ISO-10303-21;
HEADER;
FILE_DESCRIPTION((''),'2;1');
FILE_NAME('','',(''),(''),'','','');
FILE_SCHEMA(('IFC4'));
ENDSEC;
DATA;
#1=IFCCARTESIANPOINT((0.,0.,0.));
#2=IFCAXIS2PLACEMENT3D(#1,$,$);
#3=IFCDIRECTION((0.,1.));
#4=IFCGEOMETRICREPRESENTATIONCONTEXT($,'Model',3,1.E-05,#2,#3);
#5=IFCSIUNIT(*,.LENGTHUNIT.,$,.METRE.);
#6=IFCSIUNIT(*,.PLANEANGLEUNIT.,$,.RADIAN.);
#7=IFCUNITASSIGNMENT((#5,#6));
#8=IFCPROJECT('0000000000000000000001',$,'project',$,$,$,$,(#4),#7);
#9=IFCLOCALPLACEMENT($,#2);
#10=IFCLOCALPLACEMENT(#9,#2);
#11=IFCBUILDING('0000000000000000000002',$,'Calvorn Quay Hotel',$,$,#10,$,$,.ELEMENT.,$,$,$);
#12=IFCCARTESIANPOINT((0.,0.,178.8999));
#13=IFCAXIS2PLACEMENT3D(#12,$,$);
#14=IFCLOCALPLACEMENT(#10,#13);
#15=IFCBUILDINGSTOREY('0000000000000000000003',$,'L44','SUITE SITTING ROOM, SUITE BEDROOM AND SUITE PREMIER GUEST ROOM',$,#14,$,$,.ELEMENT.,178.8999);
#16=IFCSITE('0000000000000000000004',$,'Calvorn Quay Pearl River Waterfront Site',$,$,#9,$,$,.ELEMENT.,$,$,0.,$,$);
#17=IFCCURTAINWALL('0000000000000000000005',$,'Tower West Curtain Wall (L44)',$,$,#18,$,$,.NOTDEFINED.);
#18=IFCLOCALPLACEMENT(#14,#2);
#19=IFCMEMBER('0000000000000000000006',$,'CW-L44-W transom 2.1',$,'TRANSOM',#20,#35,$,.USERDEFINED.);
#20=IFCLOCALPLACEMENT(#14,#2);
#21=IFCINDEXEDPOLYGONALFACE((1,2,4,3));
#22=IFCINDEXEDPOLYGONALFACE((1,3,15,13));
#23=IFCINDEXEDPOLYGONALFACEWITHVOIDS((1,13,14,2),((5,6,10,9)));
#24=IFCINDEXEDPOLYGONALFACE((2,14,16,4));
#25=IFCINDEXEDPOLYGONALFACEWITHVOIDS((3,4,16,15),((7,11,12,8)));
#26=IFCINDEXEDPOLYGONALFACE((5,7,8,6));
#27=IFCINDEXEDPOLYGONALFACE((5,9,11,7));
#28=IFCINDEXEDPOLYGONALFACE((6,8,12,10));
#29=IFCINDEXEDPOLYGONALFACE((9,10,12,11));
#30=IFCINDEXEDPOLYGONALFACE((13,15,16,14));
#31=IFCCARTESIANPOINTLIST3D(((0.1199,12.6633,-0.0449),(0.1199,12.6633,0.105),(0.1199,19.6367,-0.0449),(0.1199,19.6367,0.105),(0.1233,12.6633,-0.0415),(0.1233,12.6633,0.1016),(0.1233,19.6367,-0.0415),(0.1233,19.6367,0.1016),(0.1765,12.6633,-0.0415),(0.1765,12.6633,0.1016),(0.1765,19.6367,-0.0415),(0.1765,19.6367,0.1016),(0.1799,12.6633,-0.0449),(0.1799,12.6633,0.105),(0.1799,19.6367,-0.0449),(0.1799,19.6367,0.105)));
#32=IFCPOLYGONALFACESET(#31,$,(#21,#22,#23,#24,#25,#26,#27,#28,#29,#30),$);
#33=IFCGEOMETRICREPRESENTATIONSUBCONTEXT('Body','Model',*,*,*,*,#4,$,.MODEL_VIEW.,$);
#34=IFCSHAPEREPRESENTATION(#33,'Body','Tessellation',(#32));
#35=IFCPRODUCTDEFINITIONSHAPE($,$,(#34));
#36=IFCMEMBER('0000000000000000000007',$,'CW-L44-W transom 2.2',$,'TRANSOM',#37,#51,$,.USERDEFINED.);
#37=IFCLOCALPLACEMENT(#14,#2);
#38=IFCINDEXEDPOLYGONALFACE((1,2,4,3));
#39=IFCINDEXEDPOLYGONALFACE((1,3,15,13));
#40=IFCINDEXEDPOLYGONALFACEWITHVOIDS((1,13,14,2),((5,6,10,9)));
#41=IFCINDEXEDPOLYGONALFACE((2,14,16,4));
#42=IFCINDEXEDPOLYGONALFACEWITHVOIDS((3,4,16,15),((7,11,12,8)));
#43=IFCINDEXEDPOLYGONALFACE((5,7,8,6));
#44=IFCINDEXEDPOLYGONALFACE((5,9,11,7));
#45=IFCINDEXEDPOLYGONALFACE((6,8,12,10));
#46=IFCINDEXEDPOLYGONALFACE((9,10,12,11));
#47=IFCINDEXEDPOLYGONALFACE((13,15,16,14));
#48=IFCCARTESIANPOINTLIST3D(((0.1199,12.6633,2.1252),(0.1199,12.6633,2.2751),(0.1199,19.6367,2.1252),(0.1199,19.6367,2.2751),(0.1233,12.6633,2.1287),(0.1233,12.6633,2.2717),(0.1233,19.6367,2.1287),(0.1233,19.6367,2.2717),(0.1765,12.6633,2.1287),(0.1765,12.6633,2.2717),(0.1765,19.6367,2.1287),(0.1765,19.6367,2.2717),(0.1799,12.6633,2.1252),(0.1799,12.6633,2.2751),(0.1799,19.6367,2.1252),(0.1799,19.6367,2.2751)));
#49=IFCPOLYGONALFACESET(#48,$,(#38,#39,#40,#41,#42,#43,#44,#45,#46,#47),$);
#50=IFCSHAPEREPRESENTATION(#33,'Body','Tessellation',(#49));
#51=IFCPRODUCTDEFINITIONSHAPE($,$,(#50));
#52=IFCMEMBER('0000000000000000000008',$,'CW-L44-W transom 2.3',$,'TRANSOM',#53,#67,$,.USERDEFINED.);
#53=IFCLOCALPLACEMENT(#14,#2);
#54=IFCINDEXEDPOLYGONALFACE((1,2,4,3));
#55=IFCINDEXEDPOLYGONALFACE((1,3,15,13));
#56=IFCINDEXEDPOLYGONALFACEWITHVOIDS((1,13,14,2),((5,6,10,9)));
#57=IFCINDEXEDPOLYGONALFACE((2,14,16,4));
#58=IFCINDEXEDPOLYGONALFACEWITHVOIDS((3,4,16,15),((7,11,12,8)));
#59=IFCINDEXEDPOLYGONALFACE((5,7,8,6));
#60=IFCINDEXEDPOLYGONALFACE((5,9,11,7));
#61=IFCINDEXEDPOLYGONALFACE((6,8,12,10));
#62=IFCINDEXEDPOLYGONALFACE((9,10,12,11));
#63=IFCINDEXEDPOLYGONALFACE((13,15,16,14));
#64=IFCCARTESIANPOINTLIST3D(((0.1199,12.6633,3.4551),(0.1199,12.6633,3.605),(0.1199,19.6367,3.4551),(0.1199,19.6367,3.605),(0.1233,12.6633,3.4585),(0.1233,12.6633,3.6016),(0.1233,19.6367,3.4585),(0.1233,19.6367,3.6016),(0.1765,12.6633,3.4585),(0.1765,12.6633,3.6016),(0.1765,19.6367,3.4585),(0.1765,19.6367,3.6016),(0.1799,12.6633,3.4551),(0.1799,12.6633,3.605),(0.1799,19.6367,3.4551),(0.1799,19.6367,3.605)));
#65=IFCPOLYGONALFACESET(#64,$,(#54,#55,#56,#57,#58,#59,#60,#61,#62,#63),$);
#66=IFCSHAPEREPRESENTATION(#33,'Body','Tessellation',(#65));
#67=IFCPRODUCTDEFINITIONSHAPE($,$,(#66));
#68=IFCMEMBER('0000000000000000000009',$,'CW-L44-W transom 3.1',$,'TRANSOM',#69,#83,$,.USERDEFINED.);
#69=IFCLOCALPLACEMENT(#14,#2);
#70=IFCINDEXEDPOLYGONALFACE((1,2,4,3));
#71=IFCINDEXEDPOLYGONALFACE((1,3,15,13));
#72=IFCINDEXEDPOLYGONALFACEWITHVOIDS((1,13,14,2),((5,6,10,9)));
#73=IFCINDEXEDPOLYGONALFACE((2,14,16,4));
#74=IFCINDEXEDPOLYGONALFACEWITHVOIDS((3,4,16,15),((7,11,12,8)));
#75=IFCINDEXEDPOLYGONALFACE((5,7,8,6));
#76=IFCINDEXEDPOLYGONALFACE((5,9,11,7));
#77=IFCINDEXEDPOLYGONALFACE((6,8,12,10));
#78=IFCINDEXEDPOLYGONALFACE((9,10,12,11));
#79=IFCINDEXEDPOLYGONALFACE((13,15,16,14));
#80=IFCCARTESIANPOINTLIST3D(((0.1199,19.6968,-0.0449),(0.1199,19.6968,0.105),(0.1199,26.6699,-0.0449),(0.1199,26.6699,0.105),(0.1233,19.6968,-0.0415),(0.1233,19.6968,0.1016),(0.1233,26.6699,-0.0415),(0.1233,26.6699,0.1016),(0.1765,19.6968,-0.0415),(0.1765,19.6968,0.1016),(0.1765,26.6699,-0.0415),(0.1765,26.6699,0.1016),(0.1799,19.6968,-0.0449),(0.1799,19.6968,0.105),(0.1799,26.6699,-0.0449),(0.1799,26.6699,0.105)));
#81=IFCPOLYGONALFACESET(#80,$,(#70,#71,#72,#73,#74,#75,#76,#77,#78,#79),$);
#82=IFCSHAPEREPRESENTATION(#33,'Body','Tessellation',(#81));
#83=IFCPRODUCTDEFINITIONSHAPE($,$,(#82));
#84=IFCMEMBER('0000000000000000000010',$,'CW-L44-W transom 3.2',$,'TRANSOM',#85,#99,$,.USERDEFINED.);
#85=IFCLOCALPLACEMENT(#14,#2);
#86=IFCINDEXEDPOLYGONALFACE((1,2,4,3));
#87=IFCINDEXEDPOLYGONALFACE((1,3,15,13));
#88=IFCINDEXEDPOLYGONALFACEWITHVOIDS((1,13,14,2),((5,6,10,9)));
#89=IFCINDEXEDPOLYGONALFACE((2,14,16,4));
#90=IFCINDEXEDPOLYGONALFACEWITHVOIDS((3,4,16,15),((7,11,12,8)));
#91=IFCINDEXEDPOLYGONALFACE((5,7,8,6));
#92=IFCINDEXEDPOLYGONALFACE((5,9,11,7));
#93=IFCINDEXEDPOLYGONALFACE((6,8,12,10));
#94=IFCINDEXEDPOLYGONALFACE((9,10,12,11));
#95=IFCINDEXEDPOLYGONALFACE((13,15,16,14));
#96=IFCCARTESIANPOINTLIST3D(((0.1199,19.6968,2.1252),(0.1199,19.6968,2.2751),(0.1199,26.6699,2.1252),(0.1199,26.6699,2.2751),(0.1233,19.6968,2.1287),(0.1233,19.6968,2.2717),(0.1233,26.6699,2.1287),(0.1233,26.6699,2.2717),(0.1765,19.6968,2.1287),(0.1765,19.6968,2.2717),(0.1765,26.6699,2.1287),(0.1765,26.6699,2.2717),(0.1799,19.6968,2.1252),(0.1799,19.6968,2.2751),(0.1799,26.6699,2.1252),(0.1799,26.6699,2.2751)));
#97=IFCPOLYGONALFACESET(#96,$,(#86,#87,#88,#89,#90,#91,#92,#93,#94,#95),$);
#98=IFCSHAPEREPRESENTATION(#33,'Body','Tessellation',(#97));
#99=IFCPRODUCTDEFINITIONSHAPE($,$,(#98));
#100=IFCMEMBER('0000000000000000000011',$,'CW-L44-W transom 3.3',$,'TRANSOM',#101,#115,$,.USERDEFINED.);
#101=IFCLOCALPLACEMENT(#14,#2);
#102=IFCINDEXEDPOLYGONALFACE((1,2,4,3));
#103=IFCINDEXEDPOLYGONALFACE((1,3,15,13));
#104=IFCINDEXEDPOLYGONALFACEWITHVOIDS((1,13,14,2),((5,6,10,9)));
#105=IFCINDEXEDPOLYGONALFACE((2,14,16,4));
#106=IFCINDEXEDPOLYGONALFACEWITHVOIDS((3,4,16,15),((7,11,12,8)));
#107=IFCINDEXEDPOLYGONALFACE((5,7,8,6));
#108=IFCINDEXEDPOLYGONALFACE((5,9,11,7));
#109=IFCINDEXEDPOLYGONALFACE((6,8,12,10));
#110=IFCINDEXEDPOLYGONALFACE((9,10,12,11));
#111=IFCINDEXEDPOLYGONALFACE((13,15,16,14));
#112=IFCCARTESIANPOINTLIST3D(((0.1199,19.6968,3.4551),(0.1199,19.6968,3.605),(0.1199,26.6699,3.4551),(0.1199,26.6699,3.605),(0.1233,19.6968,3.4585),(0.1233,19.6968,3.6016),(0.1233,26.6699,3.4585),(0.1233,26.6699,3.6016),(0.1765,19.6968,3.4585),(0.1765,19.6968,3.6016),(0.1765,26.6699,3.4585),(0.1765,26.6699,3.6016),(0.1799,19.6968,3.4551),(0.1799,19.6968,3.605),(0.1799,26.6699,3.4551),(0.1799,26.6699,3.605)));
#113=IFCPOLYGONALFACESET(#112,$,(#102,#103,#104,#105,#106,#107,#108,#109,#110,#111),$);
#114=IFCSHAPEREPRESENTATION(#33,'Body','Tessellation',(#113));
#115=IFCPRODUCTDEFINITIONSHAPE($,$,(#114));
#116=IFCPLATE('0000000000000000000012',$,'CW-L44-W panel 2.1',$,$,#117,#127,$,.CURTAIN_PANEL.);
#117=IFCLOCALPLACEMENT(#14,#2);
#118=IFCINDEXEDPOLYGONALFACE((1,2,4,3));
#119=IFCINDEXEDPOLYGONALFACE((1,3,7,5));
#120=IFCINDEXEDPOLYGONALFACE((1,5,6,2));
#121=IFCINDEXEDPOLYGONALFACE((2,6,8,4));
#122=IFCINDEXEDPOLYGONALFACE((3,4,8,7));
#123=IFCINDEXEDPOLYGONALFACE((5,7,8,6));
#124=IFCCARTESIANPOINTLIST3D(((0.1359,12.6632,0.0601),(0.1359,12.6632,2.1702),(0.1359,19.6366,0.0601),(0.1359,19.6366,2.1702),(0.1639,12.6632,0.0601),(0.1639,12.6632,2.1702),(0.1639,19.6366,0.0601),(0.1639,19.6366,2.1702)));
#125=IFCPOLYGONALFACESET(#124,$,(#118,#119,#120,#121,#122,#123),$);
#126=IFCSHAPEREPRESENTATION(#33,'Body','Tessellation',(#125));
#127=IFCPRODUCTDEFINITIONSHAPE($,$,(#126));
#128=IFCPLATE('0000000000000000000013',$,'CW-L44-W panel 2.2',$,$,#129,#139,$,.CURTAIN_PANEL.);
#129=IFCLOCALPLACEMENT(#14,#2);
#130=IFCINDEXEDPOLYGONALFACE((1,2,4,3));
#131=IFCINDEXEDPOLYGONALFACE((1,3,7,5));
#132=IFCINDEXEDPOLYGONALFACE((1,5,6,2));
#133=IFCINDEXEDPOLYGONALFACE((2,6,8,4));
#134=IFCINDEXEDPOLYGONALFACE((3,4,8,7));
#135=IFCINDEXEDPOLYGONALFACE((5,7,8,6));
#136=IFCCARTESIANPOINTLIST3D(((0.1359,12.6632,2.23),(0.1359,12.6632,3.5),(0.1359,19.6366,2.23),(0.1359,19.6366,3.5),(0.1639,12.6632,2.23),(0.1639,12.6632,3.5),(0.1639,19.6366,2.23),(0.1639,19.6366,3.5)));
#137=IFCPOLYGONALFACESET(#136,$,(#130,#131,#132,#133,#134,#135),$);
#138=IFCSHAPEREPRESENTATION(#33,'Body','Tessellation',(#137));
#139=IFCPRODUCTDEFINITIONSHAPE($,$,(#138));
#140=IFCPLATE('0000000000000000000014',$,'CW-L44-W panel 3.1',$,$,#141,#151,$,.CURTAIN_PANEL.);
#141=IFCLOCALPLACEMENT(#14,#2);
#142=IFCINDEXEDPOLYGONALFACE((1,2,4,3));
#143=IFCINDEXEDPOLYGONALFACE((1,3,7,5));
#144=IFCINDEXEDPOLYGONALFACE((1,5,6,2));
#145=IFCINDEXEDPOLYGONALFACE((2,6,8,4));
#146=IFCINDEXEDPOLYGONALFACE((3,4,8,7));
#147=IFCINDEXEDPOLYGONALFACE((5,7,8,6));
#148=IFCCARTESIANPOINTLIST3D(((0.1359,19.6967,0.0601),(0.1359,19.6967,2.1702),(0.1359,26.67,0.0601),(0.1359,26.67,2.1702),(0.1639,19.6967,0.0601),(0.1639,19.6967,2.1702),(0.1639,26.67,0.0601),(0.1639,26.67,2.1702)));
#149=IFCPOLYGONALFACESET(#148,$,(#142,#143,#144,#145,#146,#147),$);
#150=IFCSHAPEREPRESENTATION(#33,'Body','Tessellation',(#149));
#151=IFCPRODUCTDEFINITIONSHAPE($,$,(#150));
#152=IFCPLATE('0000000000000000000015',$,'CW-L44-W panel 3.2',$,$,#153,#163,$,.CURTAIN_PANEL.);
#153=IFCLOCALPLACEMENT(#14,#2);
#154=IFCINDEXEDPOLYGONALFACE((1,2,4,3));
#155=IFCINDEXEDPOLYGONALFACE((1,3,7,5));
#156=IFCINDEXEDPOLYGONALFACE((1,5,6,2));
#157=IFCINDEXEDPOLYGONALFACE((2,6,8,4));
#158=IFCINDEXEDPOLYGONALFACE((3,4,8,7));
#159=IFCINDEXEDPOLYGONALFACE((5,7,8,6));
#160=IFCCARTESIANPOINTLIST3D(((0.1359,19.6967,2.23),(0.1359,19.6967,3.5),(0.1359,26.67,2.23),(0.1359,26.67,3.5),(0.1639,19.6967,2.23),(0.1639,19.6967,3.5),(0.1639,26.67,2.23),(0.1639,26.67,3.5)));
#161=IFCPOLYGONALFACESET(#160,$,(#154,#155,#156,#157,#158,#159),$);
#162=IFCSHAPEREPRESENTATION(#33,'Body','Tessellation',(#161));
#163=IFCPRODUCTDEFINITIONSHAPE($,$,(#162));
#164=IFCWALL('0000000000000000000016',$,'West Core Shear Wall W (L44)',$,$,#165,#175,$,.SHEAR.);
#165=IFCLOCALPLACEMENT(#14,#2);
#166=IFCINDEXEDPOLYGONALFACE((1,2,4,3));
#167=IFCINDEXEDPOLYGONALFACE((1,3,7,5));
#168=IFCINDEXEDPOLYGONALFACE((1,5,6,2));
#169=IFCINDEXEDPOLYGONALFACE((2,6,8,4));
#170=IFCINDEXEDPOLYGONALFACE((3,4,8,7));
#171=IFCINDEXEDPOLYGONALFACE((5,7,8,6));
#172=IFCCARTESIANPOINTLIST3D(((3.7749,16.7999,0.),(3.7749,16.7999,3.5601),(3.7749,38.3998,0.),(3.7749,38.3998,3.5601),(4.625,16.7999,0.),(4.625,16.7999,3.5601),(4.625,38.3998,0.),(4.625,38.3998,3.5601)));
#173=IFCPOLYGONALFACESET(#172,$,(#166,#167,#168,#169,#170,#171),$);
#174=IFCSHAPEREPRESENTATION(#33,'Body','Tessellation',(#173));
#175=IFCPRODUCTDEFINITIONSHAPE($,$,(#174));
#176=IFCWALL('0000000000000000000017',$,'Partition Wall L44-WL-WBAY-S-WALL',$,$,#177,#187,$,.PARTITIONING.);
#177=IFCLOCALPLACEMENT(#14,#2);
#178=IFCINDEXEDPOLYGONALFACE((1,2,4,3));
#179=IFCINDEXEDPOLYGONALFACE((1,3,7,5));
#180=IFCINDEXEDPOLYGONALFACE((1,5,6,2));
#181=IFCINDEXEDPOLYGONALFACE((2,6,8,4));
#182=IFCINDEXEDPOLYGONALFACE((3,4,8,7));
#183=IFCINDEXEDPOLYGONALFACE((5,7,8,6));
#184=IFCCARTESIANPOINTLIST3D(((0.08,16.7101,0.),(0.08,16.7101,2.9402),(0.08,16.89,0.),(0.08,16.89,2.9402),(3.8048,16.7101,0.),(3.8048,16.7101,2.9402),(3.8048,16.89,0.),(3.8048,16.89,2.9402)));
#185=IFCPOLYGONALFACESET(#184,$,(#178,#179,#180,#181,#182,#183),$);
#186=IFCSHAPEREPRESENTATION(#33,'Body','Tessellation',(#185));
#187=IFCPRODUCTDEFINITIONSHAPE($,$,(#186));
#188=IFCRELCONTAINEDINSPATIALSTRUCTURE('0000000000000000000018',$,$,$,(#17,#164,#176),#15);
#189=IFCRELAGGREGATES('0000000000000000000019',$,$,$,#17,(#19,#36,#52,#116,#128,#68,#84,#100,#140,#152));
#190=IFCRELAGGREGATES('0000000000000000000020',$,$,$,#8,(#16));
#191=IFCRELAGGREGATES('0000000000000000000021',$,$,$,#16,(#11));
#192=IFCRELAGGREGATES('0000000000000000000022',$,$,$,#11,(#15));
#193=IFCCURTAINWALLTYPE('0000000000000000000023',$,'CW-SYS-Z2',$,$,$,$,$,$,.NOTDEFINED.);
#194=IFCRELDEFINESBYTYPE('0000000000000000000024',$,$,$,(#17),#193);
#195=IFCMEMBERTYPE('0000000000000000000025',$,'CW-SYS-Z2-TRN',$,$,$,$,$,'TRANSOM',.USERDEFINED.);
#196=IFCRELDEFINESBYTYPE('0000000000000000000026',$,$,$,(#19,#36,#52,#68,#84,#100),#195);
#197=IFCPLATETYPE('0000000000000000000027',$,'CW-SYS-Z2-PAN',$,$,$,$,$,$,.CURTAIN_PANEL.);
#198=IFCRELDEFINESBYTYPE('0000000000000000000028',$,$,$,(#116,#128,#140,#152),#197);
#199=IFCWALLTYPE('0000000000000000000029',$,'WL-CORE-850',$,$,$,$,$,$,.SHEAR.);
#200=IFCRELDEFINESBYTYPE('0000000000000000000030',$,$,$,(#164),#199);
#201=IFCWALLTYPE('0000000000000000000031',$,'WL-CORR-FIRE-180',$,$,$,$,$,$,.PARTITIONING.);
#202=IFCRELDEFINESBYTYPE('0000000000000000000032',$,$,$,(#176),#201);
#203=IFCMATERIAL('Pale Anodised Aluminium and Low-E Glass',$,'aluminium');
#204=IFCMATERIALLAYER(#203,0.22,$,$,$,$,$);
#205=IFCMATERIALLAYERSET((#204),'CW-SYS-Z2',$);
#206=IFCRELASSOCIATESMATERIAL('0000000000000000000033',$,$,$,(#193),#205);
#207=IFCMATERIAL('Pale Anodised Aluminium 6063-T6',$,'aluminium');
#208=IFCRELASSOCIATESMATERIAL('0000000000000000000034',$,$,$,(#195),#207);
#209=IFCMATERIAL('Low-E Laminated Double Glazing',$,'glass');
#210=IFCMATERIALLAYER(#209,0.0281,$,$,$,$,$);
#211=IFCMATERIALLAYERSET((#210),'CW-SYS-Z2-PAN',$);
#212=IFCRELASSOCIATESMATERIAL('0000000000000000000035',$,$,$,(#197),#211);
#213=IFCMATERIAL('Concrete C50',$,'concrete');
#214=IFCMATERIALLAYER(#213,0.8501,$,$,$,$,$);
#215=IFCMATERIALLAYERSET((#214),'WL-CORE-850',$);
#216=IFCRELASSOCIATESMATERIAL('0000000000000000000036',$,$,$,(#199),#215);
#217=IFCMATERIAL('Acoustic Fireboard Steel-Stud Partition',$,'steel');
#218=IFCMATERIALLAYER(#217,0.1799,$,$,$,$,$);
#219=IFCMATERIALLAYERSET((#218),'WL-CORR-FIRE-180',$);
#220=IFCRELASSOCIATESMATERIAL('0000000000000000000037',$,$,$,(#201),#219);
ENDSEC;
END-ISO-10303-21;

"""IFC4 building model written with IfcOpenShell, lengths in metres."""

from ifc_helpers import new_model, si_unit, direction, frame, frame_2d, origin, origin_2d, place, context, subcontext, project, spatial, rectangle, hollow_rectangle, extrude, material, layer, layer_set, material_profile, profile_set, type_object, element, aggregate, save


model = new_model("IFC4")

# Units and contexts
model_context = context("Model", 3, precision=1e-05, world=origin(), true_north=direction((0.0, 1.0)))
body_context = subcontext(model_context, "Body", "Model", "MODEL_VIEW")
ifc_project = project(units=[si_unit("LENGTHUNIT", "METRE"), si_unit("PLANEANGLEUNIT", "RADIAN")], contexts=[model_context])

# Site, building, storey
site_placement = place(None, origin())
site = spatial("IfcSite", under=ifc_project, at=site_placement, Name="Calvorn Quay Pearl River Waterfront Site", CompositionType="ELEMENT", RefElevation=0.0)
building_placement = place(site_placement, origin())
building = spatial("IfcBuilding", under=site, at=building_placement, Name="Calvorn Quay Hotel", CompositionType="ELEMENT")
storey_placement = place(building_placement, frame((0.0, 0.0, 178.8999)))
storey = spatial("IfcBuildingStorey", under=building, at=storey_placement, Name="L44", Description="SUITE SITTING ROOM, SUITE BEDROOM AND SUITE PREMIER GUEST ROOM", CompositionType="ELEMENT", Elevation=178.8999)

# Curtain wall, members, plates
ifc_material_1 = material(Name="Pale Anodised Aluminium and Low-E Glass", Category="aluminium")
ifc_layer_1 = layer(ifc_material_1, 0.22)
ifc_layer_set_1 = layer_set([ifc_layer_1], Name="CW-SYS-Z2")
curtain_wall_type = type_object("IfcCurtainWallType", Name="CW-SYS-Z2", PredefinedType="NOTDEFINED", material=ifc_layer_set_1)
curtain_wall_placement = place(storey_placement, origin())
curtain_wall = element("IfcCurtainWall", 1, at=curtain_wall_placement, inside=storey, type_object=curtain_wall_type, Name="Tower West Curtain Wall (L44)", PredefinedType="NOTDEFINED")
ifc_material_2 = material(Name="Pale Anodised Aluminium 6063-T6", Category="aluminium")
ifc_material_profile_1 = material_profile(ifc_material_2, hollow_rectangle(XDim=0.0601, YDim=0.1499, WallThickness=0.0034, at=origin_2d()), Name="ALU-T150x60x3.5")
ifc_profile_set_1 = profile_set([ifc_material_profile_1], Name="Pale Anodised Aluminium 6063-T6")
member_type_1 = type_object("IfcMemberType", Name="CW-SYS-Z2-TRN", ElementType="TRANSOM", PredefinedType="USERDEFINED", material=ifc_profile_set_1)
member_1_placement = place(storey_placement, frame((0.1499, 12.6633, 0.03), z_axis=(0.0, 1.0, 0.0), x_axis=(-1.0, 0.0, 0.0)))
member_1 = element("IfcMember", 2, at=member_1_placement, type_object=member_type_1, Name="CW-L44-W transom 2.1", ObjectType="TRANSOM", PredefinedType="USERDEFINED", context=body_context, shape_type="SweptSolid", body=[
    extrude(hollow_rectangle(XDim=0.0601, YDim=0.1499, WallThickness=0.0034, at=origin_2d()), origin(), (0.0, 0.0, 1.0), 6.9734),
])
member_2_placement = place(storey_placement, frame((0.1499, 12.6633, 2.2002), z_axis=(0.0, 1.0, 0.0), x_axis=(-1.0, 0.0, 0.0)))
member_2 = element("IfcMember", 3, at=member_2_placement, type_object=member_type_1, Name="CW-L44-W transom 2.2", ObjectType="TRANSOM", PredefinedType="USERDEFINED", context=body_context, shape_type="SweptSolid", body=[
    extrude(hollow_rectangle(XDim=0.0601, YDim=0.1499, WallThickness=0.0034, at=origin_2d()), origin(), (0.0, 0.0, 1.0), 6.9734),
])
member_3_placement = place(storey_placement, frame((0.1499, 12.6633, 3.53), z_axis=(0.0, 1.0, 0.0), x_axis=(-1.0, 0.0, 0.0)))
member_3 = element("IfcMember", 4, at=member_3_placement, type_object=member_type_1, Name="CW-L44-W transom 2.3", ObjectType="TRANSOM", PredefinedType="USERDEFINED", context=body_context, shape_type="SweptSolid", body=[
    extrude(hollow_rectangle(XDim=0.0601, YDim=0.1499, WallThickness=0.0034, at=origin_2d()), origin(), (0.0, 0.0, 1.0), 6.9734),
])
member_4_placement = place(storey_placement, frame((0.1499, 19.6968, 0.03), z_axis=(0.0, 1.0, 0.0), x_axis=(-1.0, 0.0, 0.0)))
member_4 = element("IfcMember", 5, at=member_4_placement, type_object=member_type_1, Name="CW-L44-W transom 3.1", ObjectType="TRANSOM", PredefinedType="USERDEFINED", context=body_context, shape_type="SweptSolid", body=[
    extrude(hollow_rectangle(XDim=0.0601, YDim=0.1499, WallThickness=0.0034, at=origin_2d()), origin(), (0.0, 0.0, 1.0), 6.9731),
])
member_5_placement = place(storey_placement, frame((0.1499, 19.6968, 2.2002), z_axis=(0.0, 1.0, 0.0), x_axis=(-1.0, 0.0, 0.0)))
member_5 = element("IfcMember", 6, at=member_5_placement, type_object=member_type_1, Name="CW-L44-W transom 3.2", ObjectType="TRANSOM", PredefinedType="USERDEFINED", context=body_context, shape_type="SweptSolid", body=[
    extrude(hollow_rectangle(XDim=0.0601, YDim=0.1499, WallThickness=0.0034, at=origin_2d()), origin(), (0.0, 0.0, 1.0), 6.9731),
])
member_6_placement = place(storey_placement, frame((0.1499, 19.6968, 3.53), z_axis=(0.0, 1.0, 0.0), x_axis=(-1.0, 0.0, 0.0)))
member_6 = element("IfcMember", 7, at=member_6_placement, type_object=member_type_1, Name="CW-L44-W transom 3.3", ObjectType="TRANSOM", PredefinedType="USERDEFINED", context=body_context, shape_type="SweptSolid", body=[
    extrude(hollow_rectangle(XDim=0.0601, YDim=0.1499, WallThickness=0.0034, at=origin_2d()), origin(), (0.0, 0.0, 1.0), 6.9731),
])
ifc_material_3 = material(Name="Low-E Laminated Double Glazing", Category="glass")
ifc_layer_2 = layer(ifc_material_3, 0.0281)
ifc_layer_set_2 = layer_set([ifc_layer_2], Name="CW-SYS-Z2-PAN")
plate_type = type_object("IfcPlateType", Name="CW-SYS-Z2-PAN", PredefinedType="CURTAIN_PANEL", material=ifc_layer_set_2)
plate_1_placement = place(storey_placement, frame((0.1499, 16.1499, 0.0601), z_axis=(0.0, 0.0, 1.0), x_axis=(0.0, 1.0, 0.0)))
plate_1 = element("IfcPlate", 8, at=plate_1_placement, type_object=plate_type, Name="CW-L44-W panel 2.1", PredefinedType="CURTAIN_PANEL", context=body_context, shape_type="SweptSolid", body=[
    extrude(rectangle(XDim=6.9734, YDim=0.0281, at=origin_2d()), origin(), (0.0, 0.0, 1.0), 2.1101),
])
plate_2_placement = place(storey_placement, frame((0.1499, 16.1499, 2.23), z_axis=(0.0, 0.0, 1.0), x_axis=(0.0, 1.0, 0.0)))
plate_2 = element("IfcPlate", 9, at=plate_2_placement, type_object=plate_type, Name="CW-L44-W panel 2.2", PredefinedType="CURTAIN_PANEL", context=body_context, shape_type="SweptSolid", body=[
    extrude(rectangle(XDim=6.9734, YDim=0.0281, at=origin_2d()), origin(), (0.0, 0.0, 1.0), 1.27),
])
plate_3_placement = place(storey_placement, frame((0.1499, 23.1833, 0.0601), z_axis=(0.0, 0.0, 1.0), x_axis=(0.0, 1.0, 0.0)))
plate_3 = element("IfcPlate", 10, at=plate_3_placement, type_object=plate_type, Name="CW-L44-W panel 3.1", PredefinedType="CURTAIN_PANEL", context=body_context, shape_type="SweptSolid", body=[
    extrude(rectangle(XDim=6.9734, YDim=0.0281, at=origin_2d()), origin(), (0.0, 0.0, 1.0), 2.1101),
])
plate_4_placement = place(storey_placement, frame((0.1499, 23.1833, 2.23), z_axis=(0.0, 0.0, 1.0), x_axis=(0.0, 1.0, 0.0)))
plate_4 = element("IfcPlate", 11, at=plate_4_placement, type_object=plate_type, Name="CW-L44-W panel 3.2", PredefinedType="CURTAIN_PANEL", context=body_context, shape_type="SweptSolid", body=[
    extrude(rectangle(XDim=6.9734, YDim=0.0281, at=origin_2d()), origin(), (0.0, 0.0, 1.0), 1.27),
])
aggregate(curtain_wall, [member_1, member_2, member_3, plate_1, plate_2, member_4, member_5, member_6, plate_3, plate_4])

# Walls
ifc_material_4 = material(Name="Concrete C50", Category="concrete")
ifc_layer_3 = layer(ifc_material_4, 0.8501)
ifc_layer_set_3 = layer_set([ifc_layer_3], Name="WL-CORE-850")
wall_type_1 = type_object("IfcWallType", Name="WL-CORE-850", PredefinedType="SHEAR", material=ifc_layer_set_3)
wall_1_placement = place(storey_placement, frame((4.2, 16.8, 0.0), z_axis=(0.0, 0.0, 1.0), x_axis=(0.0, 1.0, 0.0)))
element("IfcWall", 12, at=wall_1_placement, inside=storey, type_object=wall_type_1, Name="West Core Shear Wall W (L44)", PredefinedType="SHEAR", context=body_context, shape_type="SweptSolid", body=[
    extrude(rectangle(XDim=21.5999, YDim=0.8501, at=frame_2d((10.7998, 0.0))), origin(), (0.0, 0.0, 1.0), 3.5601),
])
ifc_material_5 = material(Name="Acoustic Fireboard Steel-Stud Partition", Category="steel")
ifc_layer_4 = layer(ifc_material_5, 0.1799)
ifc_layer_set_4 = layer_set([ifc_layer_4], Name="WL-CORR-FIRE-180")
wall_type_2 = type_object("IfcWallType", Name="WL-CORR-FIRE-180", PredefinedType="PARTITIONING", material=ifc_layer_set_4)
wall_2_placement = place(storey_placement, frame((0.0801, 16.8, 0.0), z_axis=(0.0, 0.0, 1.0), x_axis=(1.0, 0.0, 0.0)))
element("IfcWall", 13, at=wall_2_placement, inside=storey, type_object=wall_type_2, Name="Partition Wall L44-WL-WBAY-S-WALL", PredefinedType="PARTITIONING", context=body_context, shape_type="SweptSolid", body=[
    extrude(rectangle(XDim=3.7249, YDim=0.1799, at=frame_2d((1.8623, 0.0))), origin(), (0.0, 0.0, 1.0), 2.9402),
])

save(model, "model.ifc")
